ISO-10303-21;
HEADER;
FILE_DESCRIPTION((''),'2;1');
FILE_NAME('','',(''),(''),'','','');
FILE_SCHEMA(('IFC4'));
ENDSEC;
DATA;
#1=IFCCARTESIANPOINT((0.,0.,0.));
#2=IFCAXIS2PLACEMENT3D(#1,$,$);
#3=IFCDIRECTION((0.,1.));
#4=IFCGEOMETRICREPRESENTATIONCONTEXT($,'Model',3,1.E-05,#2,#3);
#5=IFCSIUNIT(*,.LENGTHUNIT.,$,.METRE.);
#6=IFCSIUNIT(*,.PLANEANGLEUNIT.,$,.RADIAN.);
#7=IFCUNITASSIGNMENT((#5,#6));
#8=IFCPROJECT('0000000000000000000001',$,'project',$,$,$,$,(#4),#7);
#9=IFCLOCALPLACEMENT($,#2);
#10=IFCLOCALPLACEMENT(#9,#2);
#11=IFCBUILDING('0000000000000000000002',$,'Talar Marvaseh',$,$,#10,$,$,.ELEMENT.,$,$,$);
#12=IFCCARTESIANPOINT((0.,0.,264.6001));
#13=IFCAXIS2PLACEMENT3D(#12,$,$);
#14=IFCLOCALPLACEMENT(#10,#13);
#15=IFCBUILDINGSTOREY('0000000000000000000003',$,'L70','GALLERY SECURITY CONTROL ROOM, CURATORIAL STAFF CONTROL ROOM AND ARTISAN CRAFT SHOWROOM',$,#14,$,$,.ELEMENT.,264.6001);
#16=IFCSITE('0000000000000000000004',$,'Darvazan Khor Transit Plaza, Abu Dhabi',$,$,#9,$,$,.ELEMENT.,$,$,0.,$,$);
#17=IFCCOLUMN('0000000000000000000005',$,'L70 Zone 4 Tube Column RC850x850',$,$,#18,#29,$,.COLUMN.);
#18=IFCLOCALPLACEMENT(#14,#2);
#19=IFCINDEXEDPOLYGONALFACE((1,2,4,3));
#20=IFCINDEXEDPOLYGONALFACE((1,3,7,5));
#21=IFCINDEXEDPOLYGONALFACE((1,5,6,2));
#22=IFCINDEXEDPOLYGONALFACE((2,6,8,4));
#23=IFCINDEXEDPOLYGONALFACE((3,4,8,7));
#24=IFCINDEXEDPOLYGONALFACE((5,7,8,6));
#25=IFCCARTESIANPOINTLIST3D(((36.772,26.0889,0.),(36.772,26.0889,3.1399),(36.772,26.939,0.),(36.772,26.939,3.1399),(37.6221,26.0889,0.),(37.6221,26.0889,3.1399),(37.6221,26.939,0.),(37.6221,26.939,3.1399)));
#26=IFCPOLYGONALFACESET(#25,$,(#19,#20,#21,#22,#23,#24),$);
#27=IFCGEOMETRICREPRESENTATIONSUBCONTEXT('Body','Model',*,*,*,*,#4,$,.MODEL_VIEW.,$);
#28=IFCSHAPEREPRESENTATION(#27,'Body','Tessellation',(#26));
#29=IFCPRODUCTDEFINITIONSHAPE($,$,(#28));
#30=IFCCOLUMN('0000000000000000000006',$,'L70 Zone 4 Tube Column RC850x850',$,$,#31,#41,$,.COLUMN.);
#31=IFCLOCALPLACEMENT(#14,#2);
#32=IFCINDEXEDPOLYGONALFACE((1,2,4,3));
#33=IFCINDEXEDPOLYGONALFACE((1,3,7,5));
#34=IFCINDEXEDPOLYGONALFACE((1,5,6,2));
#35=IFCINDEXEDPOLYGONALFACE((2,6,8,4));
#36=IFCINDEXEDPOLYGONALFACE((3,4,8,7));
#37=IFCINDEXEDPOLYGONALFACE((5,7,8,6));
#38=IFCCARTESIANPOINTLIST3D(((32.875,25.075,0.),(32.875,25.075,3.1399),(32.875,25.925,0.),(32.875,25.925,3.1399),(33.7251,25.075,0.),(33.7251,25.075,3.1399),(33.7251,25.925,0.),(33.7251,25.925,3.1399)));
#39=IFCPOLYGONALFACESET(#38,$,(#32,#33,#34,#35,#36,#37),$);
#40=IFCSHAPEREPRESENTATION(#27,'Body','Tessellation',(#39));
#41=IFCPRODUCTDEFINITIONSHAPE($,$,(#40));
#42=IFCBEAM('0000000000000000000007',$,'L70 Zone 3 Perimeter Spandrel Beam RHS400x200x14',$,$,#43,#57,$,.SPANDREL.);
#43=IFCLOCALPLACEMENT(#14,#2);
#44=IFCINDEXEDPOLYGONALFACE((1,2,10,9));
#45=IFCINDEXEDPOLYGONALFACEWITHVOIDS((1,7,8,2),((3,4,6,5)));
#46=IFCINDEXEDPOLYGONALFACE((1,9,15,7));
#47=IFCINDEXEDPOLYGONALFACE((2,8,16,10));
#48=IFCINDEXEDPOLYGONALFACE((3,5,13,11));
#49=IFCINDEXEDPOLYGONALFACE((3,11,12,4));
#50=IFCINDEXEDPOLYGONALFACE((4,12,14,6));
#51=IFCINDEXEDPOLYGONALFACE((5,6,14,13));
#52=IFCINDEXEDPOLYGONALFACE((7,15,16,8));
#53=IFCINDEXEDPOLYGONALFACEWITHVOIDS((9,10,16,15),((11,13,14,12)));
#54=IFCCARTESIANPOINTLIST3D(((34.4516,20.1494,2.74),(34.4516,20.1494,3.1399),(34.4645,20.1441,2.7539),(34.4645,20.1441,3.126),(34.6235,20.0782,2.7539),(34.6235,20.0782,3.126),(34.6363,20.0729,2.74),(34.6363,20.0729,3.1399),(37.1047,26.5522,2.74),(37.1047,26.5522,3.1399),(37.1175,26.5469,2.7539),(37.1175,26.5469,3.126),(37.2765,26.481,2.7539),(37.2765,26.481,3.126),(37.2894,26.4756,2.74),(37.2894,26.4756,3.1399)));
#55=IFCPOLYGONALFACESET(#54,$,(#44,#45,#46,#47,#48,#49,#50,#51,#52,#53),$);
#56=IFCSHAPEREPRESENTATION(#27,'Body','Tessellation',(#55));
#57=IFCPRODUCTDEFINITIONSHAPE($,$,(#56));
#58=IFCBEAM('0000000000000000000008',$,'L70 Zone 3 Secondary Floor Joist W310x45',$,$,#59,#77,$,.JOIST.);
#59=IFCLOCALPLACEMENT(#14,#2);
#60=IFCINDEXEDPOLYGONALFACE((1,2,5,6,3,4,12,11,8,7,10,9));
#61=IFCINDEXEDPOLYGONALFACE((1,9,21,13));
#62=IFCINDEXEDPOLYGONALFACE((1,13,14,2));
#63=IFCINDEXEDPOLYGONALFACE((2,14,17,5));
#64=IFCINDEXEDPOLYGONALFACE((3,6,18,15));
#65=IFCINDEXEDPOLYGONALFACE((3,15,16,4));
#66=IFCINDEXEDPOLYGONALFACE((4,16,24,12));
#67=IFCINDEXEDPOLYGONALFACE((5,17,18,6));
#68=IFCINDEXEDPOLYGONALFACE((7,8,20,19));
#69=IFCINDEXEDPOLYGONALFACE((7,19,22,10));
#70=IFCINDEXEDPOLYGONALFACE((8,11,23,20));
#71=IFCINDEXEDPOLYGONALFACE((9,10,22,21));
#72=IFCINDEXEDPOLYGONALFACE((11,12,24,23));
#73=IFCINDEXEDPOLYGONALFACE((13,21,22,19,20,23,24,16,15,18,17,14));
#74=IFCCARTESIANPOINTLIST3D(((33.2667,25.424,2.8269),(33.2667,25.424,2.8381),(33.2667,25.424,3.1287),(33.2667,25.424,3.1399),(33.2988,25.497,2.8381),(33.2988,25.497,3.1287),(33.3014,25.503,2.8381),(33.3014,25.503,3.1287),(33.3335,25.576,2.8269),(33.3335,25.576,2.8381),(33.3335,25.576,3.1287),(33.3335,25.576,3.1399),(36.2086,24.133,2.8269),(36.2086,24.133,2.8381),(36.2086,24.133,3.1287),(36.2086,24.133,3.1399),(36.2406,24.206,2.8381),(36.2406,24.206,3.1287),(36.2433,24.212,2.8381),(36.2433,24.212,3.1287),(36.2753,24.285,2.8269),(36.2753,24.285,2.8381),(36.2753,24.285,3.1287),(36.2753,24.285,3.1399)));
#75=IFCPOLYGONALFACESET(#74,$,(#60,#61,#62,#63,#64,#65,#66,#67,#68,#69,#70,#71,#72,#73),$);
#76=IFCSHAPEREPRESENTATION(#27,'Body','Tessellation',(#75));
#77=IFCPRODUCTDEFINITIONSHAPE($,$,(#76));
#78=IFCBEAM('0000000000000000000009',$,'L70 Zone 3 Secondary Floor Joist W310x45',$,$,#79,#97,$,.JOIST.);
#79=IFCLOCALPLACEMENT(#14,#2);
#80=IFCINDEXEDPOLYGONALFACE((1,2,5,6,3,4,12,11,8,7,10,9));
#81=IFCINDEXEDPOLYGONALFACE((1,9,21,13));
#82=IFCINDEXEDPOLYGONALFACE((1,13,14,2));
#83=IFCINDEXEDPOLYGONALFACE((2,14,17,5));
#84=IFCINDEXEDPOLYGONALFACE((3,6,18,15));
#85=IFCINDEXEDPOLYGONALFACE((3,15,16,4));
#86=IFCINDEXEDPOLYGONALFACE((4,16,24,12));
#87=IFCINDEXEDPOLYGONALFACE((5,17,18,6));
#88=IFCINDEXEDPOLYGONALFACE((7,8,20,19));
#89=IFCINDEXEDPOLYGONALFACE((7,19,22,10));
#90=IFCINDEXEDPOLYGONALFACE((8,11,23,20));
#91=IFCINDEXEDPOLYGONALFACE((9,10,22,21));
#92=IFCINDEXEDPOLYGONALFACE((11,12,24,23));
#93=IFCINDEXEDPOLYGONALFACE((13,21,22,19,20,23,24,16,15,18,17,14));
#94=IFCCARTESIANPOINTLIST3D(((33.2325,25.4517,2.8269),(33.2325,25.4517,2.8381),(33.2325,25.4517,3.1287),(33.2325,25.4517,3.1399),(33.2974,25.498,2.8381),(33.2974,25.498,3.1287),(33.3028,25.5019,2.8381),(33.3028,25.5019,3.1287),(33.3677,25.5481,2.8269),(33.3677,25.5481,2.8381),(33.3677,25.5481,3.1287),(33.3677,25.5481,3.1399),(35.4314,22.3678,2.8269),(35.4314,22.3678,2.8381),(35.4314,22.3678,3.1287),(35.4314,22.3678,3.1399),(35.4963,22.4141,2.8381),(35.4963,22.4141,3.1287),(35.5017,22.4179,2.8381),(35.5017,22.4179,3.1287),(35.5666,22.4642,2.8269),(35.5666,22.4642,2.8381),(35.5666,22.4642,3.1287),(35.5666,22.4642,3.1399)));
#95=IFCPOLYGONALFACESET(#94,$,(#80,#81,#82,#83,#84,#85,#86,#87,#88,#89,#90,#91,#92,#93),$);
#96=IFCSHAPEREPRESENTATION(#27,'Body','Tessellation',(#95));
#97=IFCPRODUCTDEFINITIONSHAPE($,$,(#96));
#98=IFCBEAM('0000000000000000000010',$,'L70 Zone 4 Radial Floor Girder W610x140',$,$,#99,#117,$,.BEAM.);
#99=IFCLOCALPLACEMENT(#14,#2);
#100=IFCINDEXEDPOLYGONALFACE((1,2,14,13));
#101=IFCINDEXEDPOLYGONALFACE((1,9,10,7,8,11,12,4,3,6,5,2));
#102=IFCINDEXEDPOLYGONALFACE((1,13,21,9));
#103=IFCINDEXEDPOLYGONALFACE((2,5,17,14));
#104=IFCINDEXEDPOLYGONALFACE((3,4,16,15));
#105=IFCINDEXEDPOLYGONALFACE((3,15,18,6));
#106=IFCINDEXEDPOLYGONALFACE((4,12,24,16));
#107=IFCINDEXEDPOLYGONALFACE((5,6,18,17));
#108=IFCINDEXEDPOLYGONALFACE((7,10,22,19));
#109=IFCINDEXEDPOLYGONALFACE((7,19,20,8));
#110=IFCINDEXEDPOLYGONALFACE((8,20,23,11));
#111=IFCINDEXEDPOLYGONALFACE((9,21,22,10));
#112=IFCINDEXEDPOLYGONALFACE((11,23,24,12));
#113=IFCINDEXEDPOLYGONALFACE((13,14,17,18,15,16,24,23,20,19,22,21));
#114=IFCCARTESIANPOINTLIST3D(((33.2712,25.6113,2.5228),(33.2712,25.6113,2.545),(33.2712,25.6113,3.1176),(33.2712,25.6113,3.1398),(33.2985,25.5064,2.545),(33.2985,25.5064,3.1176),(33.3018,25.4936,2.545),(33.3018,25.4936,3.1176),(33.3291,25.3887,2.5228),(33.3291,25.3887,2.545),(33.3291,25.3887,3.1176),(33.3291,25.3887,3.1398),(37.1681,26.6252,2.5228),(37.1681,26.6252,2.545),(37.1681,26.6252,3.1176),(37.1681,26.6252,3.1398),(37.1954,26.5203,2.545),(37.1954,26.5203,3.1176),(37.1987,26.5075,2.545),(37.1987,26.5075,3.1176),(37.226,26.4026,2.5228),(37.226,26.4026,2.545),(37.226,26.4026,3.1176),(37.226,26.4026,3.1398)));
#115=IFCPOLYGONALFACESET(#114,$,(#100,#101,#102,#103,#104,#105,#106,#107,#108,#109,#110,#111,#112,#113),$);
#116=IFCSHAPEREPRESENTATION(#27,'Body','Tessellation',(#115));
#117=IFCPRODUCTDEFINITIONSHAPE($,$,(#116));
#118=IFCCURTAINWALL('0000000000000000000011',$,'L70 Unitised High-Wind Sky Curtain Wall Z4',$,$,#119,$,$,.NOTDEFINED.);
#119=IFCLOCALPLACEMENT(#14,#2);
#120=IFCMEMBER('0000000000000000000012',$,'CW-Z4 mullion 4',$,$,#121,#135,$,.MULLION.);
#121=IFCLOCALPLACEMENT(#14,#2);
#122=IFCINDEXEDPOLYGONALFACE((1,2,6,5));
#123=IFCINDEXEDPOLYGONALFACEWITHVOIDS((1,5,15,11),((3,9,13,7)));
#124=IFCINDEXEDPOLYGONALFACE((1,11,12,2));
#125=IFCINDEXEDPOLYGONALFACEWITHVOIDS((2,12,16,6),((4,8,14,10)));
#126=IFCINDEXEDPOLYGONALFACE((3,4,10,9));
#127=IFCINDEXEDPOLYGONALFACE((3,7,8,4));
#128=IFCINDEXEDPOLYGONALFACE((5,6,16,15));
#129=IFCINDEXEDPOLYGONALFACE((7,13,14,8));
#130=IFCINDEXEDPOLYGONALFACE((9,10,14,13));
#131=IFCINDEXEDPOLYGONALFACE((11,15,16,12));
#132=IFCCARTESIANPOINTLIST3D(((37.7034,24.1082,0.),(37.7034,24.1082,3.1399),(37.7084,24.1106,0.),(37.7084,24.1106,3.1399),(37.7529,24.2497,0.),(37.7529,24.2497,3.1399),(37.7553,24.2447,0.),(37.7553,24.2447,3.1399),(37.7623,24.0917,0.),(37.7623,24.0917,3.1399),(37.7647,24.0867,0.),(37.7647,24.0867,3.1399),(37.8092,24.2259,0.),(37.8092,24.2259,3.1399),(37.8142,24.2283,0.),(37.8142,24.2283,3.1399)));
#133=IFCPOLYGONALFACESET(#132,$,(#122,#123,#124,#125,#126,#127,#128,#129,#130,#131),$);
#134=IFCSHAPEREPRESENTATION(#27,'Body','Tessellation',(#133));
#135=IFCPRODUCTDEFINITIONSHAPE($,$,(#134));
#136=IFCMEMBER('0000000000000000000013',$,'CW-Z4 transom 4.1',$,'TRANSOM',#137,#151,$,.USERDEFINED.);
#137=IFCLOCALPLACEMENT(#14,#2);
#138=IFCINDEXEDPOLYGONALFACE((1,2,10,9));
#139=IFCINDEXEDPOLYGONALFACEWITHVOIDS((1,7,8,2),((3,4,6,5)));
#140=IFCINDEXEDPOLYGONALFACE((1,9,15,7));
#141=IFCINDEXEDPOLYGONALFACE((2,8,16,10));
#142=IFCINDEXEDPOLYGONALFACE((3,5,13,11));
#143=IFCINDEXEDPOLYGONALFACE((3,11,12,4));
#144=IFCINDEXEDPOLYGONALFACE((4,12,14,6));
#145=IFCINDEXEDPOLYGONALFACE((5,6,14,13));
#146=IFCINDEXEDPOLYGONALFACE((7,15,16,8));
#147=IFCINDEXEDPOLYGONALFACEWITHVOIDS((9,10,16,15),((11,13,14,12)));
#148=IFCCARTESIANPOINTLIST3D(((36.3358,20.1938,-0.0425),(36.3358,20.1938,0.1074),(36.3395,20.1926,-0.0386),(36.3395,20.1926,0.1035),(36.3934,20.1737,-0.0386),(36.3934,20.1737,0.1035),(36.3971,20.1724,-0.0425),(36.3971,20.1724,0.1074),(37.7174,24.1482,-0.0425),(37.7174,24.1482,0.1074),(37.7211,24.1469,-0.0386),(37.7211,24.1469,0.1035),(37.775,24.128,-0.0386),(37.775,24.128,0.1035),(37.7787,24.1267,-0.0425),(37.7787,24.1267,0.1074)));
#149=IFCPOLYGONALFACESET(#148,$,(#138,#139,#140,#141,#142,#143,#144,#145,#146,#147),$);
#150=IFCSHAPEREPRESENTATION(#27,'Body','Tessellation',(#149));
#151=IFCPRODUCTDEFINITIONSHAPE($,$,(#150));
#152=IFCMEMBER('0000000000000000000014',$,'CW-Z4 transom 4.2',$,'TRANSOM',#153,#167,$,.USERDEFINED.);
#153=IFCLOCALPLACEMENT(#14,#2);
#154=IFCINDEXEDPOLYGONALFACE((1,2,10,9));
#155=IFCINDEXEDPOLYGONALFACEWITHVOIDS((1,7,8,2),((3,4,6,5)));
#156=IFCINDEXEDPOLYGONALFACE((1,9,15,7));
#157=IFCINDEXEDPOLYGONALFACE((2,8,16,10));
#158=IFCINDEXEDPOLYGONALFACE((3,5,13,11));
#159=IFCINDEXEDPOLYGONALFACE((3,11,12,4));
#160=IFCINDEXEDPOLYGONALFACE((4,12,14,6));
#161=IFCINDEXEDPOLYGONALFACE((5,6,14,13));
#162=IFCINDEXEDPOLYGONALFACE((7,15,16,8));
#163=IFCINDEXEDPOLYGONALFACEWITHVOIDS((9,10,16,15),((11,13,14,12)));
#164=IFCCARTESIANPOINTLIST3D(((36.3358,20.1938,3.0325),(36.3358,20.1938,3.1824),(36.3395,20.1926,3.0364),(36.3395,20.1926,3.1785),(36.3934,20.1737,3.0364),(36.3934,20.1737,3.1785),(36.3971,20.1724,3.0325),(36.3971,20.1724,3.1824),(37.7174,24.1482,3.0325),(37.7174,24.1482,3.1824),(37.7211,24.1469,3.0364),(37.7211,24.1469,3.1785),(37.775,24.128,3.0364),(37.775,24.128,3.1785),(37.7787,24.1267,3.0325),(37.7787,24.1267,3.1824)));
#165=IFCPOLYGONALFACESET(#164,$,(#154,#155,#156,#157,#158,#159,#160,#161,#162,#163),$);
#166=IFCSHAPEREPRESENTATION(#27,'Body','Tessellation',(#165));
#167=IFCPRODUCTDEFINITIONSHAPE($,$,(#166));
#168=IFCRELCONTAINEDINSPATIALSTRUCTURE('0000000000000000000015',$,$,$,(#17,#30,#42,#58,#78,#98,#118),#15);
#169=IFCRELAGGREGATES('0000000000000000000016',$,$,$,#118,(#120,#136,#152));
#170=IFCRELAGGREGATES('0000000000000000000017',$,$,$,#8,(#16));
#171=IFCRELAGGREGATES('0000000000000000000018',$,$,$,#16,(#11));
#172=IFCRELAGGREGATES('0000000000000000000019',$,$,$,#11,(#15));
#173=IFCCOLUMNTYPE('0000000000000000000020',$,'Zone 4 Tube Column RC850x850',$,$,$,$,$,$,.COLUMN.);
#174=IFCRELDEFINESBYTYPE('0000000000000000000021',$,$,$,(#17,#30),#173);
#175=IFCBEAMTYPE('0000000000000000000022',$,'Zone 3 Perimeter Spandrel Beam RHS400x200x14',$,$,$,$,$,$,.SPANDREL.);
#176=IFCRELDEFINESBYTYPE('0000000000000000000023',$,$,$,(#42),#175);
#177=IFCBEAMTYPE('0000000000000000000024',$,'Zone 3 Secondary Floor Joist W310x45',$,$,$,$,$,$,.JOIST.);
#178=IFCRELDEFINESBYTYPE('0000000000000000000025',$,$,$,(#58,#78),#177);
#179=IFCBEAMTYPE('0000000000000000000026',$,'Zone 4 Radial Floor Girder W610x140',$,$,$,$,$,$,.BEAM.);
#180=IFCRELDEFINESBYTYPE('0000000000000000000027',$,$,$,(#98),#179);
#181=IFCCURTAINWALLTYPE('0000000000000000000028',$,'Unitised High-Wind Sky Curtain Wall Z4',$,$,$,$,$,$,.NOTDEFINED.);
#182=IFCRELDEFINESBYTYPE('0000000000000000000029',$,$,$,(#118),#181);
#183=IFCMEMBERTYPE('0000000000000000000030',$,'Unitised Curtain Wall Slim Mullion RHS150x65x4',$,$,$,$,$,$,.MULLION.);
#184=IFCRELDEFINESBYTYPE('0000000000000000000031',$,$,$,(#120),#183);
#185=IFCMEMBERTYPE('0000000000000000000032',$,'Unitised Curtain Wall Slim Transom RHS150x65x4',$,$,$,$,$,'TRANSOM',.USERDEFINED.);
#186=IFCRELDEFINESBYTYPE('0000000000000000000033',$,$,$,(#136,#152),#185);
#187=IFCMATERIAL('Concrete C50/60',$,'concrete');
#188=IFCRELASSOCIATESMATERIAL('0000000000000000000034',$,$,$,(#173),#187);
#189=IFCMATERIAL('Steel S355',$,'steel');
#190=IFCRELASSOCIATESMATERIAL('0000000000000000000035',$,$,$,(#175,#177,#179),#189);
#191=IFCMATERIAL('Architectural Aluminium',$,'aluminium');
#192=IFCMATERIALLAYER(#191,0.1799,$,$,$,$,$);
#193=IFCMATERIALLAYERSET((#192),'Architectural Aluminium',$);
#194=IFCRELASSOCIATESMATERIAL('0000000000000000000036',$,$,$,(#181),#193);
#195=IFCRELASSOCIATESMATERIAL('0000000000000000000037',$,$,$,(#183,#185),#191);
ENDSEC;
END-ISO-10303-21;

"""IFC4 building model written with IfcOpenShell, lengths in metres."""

from ifc_helpers import new_model, si_unit, direction, frame, origin, origin_2d, place, context, subcontext, project, spatial, rectangle, hollow_rectangle, i_section, extrude, source, transform, mapped, material, layer, layer_set, material_profile, profile_set, type_object, type_shapes, element, aggregate, save


model = new_model("IFC4")

# Units and contexts
model_context = context("Model", 3, precision=1e-05, world=origin(), true_north=direction((0.0, 1.0)))
body_context = subcontext(model_context, "Body", "Model", "MODEL_VIEW")
ifc_project = project(units=[si_unit("LENGTHUNIT", "METRE"), si_unit("PLANEANGLEUNIT", "RADIAN")], contexts=[model_context])

# Site, building, storey
site_placement = place(None, origin())
site = spatial("IfcSite", under=ifc_project, at=site_placement, Name="Darvazan Khor Transit Plaza, Abu Dhabi", CompositionType="ELEMENT", RefElevation=0.0)
building_placement = place(site_placement, origin())
building = spatial("IfcBuilding", under=site, at=building_placement, Name="Talar Marvaseh", CompositionType="ELEMENT")
storey_placement = place(building_placement, frame((0.0, 0.0, 264.6001)))
storey = spatial("IfcBuildingStorey", under=building, at=storey_placement, Name="L70", Description="GALLERY SECURITY CONTROL ROOM, CURATORIAL STAFF CONTROL ROOM AND ARTISAN CRAFT SHOWROOM", CompositionType="ELEMENT", Elevation=264.6001)

# Columns
ifc_material_1 = material(Name="Concrete C50/60", Category="concrete")
ifc_material_profile_1 = material_profile(ifc_material_1, rectangle(XDim=0.8501, YDim=0.8501, at=origin_2d()), Name="RC850x850")
ifc_profile_set_1 = profile_set([ifc_material_profile_1], Name="Concrete C50/60")
column_type = type_object("IfcColumnType", Name="Zone 4 Tube Column RC850x850", PredefinedType="COLUMN", material=ifc_profile_set_1)
for number, where, z_axis, x_axis, name in (
    (1, (37.197, 26.5139, 0.0), (0.0, 0.0, 1.0), (1.0, 0.0, 0.0), "L70 Zone 4 Tube Column RC850x850"),
    (2, (33.3, 25.5, 0.0), (0.0, 0.0, 1.0), (1.0, 0.0, 0.0), "L70 Zone 4 Tube Column RC850x850"),
):
    element("IfcColumn", number, at=place(storey_placement, frame(where, z_axis=z_axis, x_axis=x_axis)), inside=storey, type_object=column_type, Name=name, PredefinedType="COLUMN", context=body_context, shape_type="SweptSolid", body=[
        extrude(rectangle(XDim=0.8501, YDim=0.8501, at=origin_2d()), origin(), (0.0, 0.0, 1.0), 3.1399),
    ])

# Beams
ifc_material_2 = material(Name="Steel S355", Category="steel")
ifc_material_profile_2 = material_profile(ifc_material_2, hollow_rectangle(XDim=0.2, YDim=0.3999, WallThickness=0.0139, at=origin_2d()), Name="RHS400x200x14")
ifc_profile_set_2 = profile_set([ifc_material_profile_2], Name="Steel S355")
beam_type_1 = type_object("IfcBeamType", Name="Zone 3 Perimeter Spandrel Beam RHS400x200x14", PredefinedType="SPANDREL", material=ifc_profile_set_2)
beam_1_placement = place(storey_placement, frame((37.197, 26.5139, 2.9399), z_axis=(-0.382799, -0.923832, 0.0), x_axis=(0.923832, -0.382799, 0.0)))
element("IfcBeam", 3, at=beam_1_placement, inside=storey, type_object=beam_type_1, Name="L70 Zone 3 Perimeter Spandrel Beam RHS400x200x14", PredefinedType="SPANDREL", context=body_context, shape_type="SweptSolid", body=[
    extrude(hollow_rectangle(XDim=0.2, YDim=0.3999, WallThickness=0.0139, at=origin_2d()), origin(), (0.0, 0.0, 1.0), 6.9307),
])
ifc_material_profile_3 = material_profile(ifc_material_2, i_section(OverallWidth=0.166, OverallDepth=0.313, WebThickness=0.0066, FlangeThickness=0.0112, at=origin_2d()), Name="W310x45")
ifc_profile_set_3 = profile_set([ifc_material_profile_3], Name="Steel S355")
beam_type_2 = type_object("IfcBeamType", Name="Zone 3 Secondary Floor Joist W310x45", PredefinedType="JOIST", material=ifc_profile_set_3)
beam_2_placement = place(storey_placement, frame((36.2419, 24.209, 2.9834), z_axis=(-0.915707, 0.401847, 0.0), x_axis=(-0.401847, -0.915707, 0.0)))
element("IfcBeam", 4, at=beam_2_placement, inside=storey, type_object=beam_type_2, Name="L70 Zone 3 Secondary Floor Joist W310x45", PredefinedType="JOIST", context=body_context, shape_type="SweptSolid", body=[
    extrude(i_section(OverallWidth=0.166, OverallDepth=0.313, WebThickness=0.0066, FlangeThickness=0.0112, at=origin_2d()), origin(), (0.0, 0.0, 1.0), 3.2126),
])
beam_3_placement = place(storey_placement, frame((35.499, 22.416, 2.9834), z_axis=(-0.580561, 0.814217, 0.0), x_axis=(-0.814217, -0.580561, 0.0)))
element("IfcBeam", 5, at=beam_3_placement, inside=storey, type_object=beam_type_2, Name="L70 Zone 3 Secondary Floor Joist W310x45", PredefinedType="JOIST", context=body_context, shape_type="SweptSolid", body=[
    extrude(i_section(OverallWidth=0.166, OverallDepth=0.313, WebThickness=0.0066, FlangeThickness=0.0112, at=origin_2d()), origin(), (0.0, 0.0, 1.0), 3.7876),
])
ifc_material_profile_4 = material_profile(ifc_material_2, i_section(OverallWidth=0.23, OverallDepth=0.6169, WebThickness=0.0132, FlangeThickness=0.0222, at=origin_2d()), Name="W610x140")
ifc_profile_set_4 = profile_set([ifc_material_profile_4], Name="Steel S355")
beam_type_3 = type_object("IfcBeamType", Name="Zone 4 Radial Floor Girder W610x140", PredefinedType="BEAM", material=ifc_profile_set_4)
beam_4_placement = place(storey_placement, frame((37.197, 26.5139, 2.8313), z_axis=(-0.96778, -0.251797, 0.0), x_axis=(0.251797, -0.96778, 0.0)))
element("IfcBeam", 6, at=beam_4_placement, inside=storey, type_object=beam_type_3, Name="L70 Zone 4 Radial Floor Girder W610x140", PredefinedType="BEAM", context=body_context, shape_type="SweptSolid", body=[
    extrude(i_section(OverallWidth=0.23, OverallDepth=0.6169, WebThickness=0.0132, FlangeThickness=0.0222, at=origin_2d()), origin(), (0.0, 0.0, 1.0), 4.0266),
])

# Curtain wall, members
ifc_material_3 = material(Name="Architectural Aluminium", Category="aluminium")
ifc_layer_1 = layer(ifc_material_3, 0.1799)
ifc_layer_set_1 = layer_set([ifc_layer_1], Name="Architectural Aluminium")
curtain_wall_type = type_object("IfcCurtainWallType", Name="Unitised High-Wind Sky Curtain Wall Z4", PredefinedType="NOTDEFINED", material=ifc_layer_set_1)
curtain_wall_placement = place(storey_placement, origin())
curtain_wall = element("IfcCurtainWall", 7, at=curtain_wall_placement, inside=storey, type_object=curtain_wall_type, Name="L70 Unitised High-Wind Sky Curtain Wall Z4", PredefinedType="NOTDEFINED")
ifc_material_profile_5 = material_profile(ifc_material_3, hollow_rectangle(XDim=0.0649, YDim=0.1499, WallThickness=0.0039, at=origin_2d()), Name="RHS150x65x4")
ifc_profile_set_5 = profile_set([ifc_material_profile_5], Name="Architectural Aluminium")
member_type_1 = type_object("IfcMemberType", Name="Unitised Curtain Wall Slim Mullion RHS150x65x4", PredefinedType="MULLION", material=ifc_profile_set_5)
shared_shape_1 = source(origin(), body_context, "Body", "SweptSolid", [
    extrude(hollow_rectangle(XDim=0.0649, YDim=0.1499, WallThickness=0.0039, at=origin_2d()), origin(), (0.0, 0.0, 1.0), 3.1399),
])
type_shapes(member_type_1, [shared_shape_1])
member_1_placement = place(storey_placement, frame((37.7588, 24.1682, 0.0), z_axis=(0.0, 0.0, 1.0), x_axis=(0.944038, -0.329838, 0.0)))
member_1 = element("IfcMember", 8, at=member_1_placement, type_object=member_type_1, Name="CW-Z4 mullion 4", PredefinedType="MULLION", context=body_context, shape_type="MappedRepresentation", body=[
    mapped(shared_shape_1, transform((0.0, 0.0, 0.0), x_axis=(1.0, 0.0, 0.0), y_axis=(0.0, 1.0, 0.0), z_axis=(0.0, 0.0, 1.0), scale=1.0)),
])
ifc_material_profile_6 = material_profile(ifc_material_3, hollow_rectangle(XDim=0.0649, YDim=0.1499, WallThickness=0.0039, at=origin_2d()), Name="RHS150x65x4")
ifc_profile_set_6 = profile_set([ifc_material_profile_6], Name="Architectural Aluminium")
member_type_2 = type_object("IfcMemberType", Name="Unitised Curtain Wall Slim Transom RHS150x65x4", ElementType="TRANSOM", PredefinedType="USERDEFINED", material=ifc_profile_set_6)
shared_shape_2 = source(origin(), body_context, "Body", "SweptSolid", [
    extrude(hollow_rectangle(XDim=0.0649, YDim=0.1499, WallThickness=0.0039, at=origin_2d()), origin(), (0.0, 0.0, 1.0), 4.1887),
])
type_shapes(member_type_2, [shared_shape_2])
member_2_placement = place(storey_placement, frame((37.748, 24.1375, 0.0325), z_axis=(-0.329834, -0.944039, 0.0), x_axis=(0.944039, -0.329834, 0.0)))
member_2 = element("IfcMember", 9, at=member_2_placement, type_object=member_type_2, Name="CW-Z4 transom 4.1", ObjectType="TRANSOM", PredefinedType="USERDEFINED", context=body_context, shape_type="MappedRepresentation", body=[
    mapped(shared_shape_2, transform((0.0, 0.0, 0.0), x_axis=(1.0, 0.0, 0.0), y_axis=(0.0, 1.0, 0.0), z_axis=(0.0, 0.0, 1.0), scale=1.0)),
])
member_3_placement = place(storey_placement, frame((37.748, 24.1375, 3.1074), z_axis=(-0.329834, -0.944039, 0.0), x_axis=(0.944039, -0.329834, 0.0)))
member_3 = element("IfcMember", 10, at=member_3_placement, type_object=member_type_2, Name="CW-Z4 transom 4.2", ObjectType="TRANSOM", PredefinedType="USERDEFINED", context=body_context, shape_type="MappedRepresentation", body=[
    mapped(shared_shape_2, transform((0.0, 0.0, 0.0), x_axis=(1.0, 0.0, 0.0), y_axis=(0.0, 1.0, 0.0), z_axis=(0.0, 0.0, 1.0), scale=1.0)),
])
aggregate(curtain_wall, [member_1, member_2, member_3])

save(model, "model.ifc")
